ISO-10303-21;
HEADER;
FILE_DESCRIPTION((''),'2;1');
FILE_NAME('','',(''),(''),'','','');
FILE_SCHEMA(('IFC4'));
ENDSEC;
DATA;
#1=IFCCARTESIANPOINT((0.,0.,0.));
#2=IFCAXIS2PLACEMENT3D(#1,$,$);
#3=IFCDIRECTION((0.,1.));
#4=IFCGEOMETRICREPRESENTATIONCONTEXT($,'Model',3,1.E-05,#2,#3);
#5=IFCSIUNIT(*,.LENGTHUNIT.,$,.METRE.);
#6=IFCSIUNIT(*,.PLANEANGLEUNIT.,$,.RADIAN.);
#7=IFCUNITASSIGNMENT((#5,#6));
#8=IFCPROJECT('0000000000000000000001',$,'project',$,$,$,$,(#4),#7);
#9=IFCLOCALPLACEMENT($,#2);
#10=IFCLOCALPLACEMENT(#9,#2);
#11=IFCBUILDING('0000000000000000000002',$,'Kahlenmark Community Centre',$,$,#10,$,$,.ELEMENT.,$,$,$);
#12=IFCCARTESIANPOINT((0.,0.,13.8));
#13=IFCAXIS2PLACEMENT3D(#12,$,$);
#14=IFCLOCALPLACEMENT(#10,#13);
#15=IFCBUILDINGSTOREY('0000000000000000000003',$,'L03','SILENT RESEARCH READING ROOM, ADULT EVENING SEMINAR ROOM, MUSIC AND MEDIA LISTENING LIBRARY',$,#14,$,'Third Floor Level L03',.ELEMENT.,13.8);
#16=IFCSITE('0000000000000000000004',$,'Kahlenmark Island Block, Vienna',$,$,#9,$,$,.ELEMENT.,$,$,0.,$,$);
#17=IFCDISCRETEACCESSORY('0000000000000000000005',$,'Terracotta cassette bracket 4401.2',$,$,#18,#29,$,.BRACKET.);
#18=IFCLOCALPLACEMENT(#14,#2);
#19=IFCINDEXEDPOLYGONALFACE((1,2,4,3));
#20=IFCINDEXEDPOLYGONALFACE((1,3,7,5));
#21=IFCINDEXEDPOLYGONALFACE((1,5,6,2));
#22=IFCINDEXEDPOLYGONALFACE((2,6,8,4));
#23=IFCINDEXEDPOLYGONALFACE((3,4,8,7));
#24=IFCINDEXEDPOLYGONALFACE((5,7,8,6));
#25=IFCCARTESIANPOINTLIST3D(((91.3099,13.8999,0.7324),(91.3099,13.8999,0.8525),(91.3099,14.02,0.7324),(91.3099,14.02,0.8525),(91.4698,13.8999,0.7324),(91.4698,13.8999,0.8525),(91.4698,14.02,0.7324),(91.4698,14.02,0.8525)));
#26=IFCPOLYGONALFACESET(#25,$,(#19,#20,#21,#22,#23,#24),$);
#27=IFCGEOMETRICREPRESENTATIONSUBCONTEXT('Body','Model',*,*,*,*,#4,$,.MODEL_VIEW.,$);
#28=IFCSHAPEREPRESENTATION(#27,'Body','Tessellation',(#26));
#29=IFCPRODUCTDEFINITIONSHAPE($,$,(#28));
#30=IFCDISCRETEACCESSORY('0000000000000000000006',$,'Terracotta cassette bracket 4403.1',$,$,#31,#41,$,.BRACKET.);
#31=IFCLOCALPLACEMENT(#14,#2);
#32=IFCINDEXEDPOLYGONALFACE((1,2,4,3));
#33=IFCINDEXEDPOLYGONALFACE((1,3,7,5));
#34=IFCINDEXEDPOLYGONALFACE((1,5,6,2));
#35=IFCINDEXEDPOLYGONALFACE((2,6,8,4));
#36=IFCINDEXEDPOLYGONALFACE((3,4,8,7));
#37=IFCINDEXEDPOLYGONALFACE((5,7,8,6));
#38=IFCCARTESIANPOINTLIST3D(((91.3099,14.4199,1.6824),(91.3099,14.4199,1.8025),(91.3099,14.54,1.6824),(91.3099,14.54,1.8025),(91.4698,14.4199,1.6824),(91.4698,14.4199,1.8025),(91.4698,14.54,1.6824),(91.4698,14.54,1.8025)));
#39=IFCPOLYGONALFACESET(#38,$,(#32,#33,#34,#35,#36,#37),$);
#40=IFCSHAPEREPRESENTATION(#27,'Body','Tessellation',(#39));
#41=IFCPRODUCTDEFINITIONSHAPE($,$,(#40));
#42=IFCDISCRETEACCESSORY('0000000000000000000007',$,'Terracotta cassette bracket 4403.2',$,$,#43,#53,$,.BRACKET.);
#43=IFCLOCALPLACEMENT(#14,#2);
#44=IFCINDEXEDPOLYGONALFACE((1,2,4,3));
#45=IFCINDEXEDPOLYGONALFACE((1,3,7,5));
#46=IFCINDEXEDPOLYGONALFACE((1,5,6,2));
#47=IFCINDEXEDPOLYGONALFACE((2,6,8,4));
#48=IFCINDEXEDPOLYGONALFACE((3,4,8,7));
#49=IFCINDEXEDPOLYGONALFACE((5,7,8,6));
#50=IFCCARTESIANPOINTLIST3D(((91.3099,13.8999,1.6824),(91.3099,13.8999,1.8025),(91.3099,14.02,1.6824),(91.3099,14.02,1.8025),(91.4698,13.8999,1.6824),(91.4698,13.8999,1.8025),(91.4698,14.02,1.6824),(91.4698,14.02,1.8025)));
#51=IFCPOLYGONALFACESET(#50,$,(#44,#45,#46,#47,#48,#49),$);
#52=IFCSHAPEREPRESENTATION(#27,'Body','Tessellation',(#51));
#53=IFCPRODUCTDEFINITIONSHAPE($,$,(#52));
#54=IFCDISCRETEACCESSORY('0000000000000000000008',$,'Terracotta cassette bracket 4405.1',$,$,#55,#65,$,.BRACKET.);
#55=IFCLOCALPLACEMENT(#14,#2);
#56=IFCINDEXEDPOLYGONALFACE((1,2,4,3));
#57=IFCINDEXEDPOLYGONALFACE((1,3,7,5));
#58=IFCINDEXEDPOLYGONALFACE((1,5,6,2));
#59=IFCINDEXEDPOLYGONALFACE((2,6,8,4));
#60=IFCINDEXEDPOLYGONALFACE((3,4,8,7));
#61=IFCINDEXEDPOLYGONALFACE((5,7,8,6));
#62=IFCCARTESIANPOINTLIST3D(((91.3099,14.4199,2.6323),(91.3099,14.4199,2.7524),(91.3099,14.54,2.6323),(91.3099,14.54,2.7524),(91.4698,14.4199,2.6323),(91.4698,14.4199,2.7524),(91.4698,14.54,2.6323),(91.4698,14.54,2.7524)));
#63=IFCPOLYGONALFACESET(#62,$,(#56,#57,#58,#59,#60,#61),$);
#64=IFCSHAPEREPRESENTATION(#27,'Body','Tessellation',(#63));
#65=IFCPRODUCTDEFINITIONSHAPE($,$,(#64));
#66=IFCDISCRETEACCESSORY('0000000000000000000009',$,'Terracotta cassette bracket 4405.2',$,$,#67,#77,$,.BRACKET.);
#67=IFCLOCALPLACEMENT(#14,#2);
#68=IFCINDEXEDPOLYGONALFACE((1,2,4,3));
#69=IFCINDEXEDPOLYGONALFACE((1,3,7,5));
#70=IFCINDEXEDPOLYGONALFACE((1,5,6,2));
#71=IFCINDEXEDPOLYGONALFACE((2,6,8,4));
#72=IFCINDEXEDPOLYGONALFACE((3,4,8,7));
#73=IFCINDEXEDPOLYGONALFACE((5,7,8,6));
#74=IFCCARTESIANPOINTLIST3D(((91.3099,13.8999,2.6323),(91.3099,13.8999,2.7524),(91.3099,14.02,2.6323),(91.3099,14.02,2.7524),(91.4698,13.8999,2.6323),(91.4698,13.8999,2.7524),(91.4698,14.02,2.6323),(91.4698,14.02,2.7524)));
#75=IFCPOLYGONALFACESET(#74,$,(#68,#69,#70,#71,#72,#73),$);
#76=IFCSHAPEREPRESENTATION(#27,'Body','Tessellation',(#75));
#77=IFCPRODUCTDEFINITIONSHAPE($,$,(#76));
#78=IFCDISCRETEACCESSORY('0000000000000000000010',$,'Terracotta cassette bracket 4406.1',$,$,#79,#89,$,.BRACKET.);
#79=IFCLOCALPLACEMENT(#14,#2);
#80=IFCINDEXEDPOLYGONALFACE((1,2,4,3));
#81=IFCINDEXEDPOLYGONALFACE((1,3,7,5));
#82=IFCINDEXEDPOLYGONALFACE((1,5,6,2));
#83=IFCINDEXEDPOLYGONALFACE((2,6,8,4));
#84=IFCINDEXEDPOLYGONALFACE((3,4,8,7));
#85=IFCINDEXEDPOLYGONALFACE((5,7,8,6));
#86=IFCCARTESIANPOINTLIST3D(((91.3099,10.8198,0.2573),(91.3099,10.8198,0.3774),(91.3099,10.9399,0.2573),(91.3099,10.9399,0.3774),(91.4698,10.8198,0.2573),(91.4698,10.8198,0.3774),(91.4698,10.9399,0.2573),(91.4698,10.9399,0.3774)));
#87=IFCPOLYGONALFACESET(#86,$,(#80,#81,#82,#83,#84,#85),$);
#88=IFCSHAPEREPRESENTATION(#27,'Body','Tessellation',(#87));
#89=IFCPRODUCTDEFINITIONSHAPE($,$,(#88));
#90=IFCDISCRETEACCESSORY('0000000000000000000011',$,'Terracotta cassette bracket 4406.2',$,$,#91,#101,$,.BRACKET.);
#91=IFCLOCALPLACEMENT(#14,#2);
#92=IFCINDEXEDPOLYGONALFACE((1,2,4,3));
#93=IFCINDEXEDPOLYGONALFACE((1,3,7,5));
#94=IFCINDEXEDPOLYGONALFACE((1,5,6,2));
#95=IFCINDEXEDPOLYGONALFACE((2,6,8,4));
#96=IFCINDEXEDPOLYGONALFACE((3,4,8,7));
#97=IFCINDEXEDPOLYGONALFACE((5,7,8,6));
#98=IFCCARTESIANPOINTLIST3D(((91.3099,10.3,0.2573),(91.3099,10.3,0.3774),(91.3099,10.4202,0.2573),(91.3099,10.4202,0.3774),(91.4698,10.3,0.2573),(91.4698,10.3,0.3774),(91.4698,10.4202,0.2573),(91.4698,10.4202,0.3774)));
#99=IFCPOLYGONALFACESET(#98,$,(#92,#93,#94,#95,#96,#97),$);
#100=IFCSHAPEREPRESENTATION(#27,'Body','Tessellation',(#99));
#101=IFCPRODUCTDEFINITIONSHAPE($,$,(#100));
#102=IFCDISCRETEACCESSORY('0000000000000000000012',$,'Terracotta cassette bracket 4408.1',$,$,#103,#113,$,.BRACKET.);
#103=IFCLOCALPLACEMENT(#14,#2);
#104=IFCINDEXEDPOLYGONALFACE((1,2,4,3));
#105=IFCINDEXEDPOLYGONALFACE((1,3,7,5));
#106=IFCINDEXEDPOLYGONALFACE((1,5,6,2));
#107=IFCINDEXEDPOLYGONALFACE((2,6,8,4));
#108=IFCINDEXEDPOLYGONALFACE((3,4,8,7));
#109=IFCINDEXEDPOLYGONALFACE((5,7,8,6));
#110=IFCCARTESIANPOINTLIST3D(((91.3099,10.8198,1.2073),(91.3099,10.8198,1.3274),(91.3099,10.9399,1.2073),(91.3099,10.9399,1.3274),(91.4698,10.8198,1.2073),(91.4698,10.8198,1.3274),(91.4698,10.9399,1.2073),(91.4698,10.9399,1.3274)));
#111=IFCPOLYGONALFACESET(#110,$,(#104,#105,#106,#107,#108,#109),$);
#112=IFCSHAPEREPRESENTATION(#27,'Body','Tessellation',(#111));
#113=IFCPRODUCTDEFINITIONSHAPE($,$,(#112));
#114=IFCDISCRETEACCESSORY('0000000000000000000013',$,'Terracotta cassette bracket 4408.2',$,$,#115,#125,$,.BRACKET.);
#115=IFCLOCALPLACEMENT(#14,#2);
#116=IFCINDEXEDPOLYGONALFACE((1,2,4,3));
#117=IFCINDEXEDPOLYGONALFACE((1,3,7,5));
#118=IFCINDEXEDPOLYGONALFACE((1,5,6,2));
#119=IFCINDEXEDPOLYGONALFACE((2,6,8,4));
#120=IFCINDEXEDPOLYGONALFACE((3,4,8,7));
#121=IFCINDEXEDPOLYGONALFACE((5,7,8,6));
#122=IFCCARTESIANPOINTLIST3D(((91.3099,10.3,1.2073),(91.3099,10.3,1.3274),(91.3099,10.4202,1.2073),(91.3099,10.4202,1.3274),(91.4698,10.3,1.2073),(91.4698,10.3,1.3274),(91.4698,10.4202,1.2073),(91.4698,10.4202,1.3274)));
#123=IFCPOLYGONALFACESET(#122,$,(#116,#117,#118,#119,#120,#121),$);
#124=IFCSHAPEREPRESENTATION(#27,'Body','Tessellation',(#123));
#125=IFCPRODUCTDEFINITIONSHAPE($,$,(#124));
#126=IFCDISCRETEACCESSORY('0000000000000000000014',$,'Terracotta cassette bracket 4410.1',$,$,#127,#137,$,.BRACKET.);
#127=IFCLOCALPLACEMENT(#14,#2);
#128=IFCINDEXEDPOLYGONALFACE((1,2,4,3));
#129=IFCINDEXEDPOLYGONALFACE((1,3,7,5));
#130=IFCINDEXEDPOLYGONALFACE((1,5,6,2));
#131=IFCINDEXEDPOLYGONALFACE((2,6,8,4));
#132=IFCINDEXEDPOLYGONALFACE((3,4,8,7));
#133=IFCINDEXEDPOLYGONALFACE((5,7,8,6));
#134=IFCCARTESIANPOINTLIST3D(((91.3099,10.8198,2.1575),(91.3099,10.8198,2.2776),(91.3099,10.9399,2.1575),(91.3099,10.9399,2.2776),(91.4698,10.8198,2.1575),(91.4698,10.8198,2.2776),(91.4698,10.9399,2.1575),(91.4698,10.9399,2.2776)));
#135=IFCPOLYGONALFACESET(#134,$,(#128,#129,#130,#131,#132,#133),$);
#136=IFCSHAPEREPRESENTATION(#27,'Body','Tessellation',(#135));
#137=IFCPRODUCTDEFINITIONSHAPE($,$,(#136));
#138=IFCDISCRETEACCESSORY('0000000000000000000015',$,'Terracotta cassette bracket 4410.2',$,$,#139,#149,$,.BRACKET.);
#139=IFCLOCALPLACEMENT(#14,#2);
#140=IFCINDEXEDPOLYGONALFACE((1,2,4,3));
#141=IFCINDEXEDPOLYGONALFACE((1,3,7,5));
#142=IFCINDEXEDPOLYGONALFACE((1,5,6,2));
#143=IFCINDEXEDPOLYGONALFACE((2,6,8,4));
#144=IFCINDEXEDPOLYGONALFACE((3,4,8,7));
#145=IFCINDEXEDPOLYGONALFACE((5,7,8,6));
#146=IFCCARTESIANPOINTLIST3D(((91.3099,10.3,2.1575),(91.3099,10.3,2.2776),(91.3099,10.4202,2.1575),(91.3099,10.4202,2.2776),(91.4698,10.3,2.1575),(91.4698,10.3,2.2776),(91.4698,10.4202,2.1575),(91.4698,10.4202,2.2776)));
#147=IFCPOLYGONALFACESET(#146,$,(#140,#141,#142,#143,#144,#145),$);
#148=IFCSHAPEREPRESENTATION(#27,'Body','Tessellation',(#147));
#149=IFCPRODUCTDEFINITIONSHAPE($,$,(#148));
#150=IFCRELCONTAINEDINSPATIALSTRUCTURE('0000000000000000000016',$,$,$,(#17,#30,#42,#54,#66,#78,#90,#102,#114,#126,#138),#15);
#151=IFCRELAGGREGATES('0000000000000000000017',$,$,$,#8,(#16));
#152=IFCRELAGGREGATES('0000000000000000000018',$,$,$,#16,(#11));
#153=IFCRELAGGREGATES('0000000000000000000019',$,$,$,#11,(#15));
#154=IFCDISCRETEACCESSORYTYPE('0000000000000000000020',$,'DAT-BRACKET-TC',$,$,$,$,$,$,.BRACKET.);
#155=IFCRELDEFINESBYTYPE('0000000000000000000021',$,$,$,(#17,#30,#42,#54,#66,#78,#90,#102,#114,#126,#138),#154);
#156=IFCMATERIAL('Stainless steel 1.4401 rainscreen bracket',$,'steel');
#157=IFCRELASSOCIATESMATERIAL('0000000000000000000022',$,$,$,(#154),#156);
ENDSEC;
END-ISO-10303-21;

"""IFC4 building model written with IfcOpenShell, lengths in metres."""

from ifc_helpers import new_model, si_unit, direction, frame, origin, origin_2d, place, context, subcontext, project, spatial, rectangle, extrude, material, type_object, element, save


model = new_model("IFC4")

# Units and contexts
model_context = context("Model", 3, precision=1e-05, world=origin(), true_north=direction((0.0, 1.0)))
body_context = subcontext(model_context, "Body", "Model", "MODEL_VIEW")
ifc_project = project(units=[si_unit("LENGTHUNIT", "METRE"), si_unit("PLANEANGLEUNIT", "RADIAN")], contexts=[model_context])

# Site, building, storey
site_placement = place(None, origin())
site = spatial("IfcSite", under=ifc_project, at=site_placement, Name="Kahlenmark Island Block, Vienna", CompositionType="ELEMENT", RefElevation=0.0)
building_placement = place(site_placement, origin())
building = spatial("IfcBuilding", under=site, at=building_placement, Name="Kahlenmark Community Centre", CompositionType="ELEMENT")
storey_placement = place(building_placement, frame((0.0, 0.0, 13.8)))
storey = spatial("IfcBuildingStorey", under=building, at=storey_placement, Name="L03", Description="SILENT RESEARCH READING ROOM, ADULT EVENING SEMINAR ROOM, MUSIC AND MEDIA LISTENING LIBRARY", LongName="Third Floor Level L03", CompositionType="ELEMENT", Elevation=13.8)

# Discrete accessories
ifc_material_1 = material(Name="Stainless steel 1.4401 rainscreen bracket", Category="steel")
discrete_accessory_type = type_object("IfcDiscreteAccessoryType", Name="DAT-BRACKET-TC", PredefinedType="BRACKET", material=ifc_material_1)
for number, where, z_axis, x_axis, name in (
    (1, (91.3899, 13.96, 0.7324), (0.0, 0.0, 1.0), (0.0, -1.0, 0.0), "Terracotta cassette bracket 4401.2"),
    (2, (91.3899, 14.48, 1.6824), (0.0, 0.0, 1.0), (0.0, -1.0, 0.0), "Terracotta cassette bracket 4403.1"),
    (3, (91.3899, 13.96, 1.6824), (0.0, 0.0, 1.0), (0.0, -1.0, 0.0), "Terracotta cassette bracket 4403.2"),
    (4, (91.3899, 14.48, 2.6323), (0.0, 0.0, 1.0), (0.0, -1.0, 0.0), "Terracotta cassette bracket 4405.1"),
    (5, (91.3899, 13.96, 2.6323), (0.0, 0.0, 1.0), (0.0, -1.0, 0.0), "Terracotta cassette bracket 4405.2"),
    (6, (91.3899, 10.8799, 0.2573), (0.0, 0.0, 1.0), (0.0, -1.0, 0.0), "Terracotta cassette bracket 4406.1"),
    (7, (91.3899, 10.3601, 0.2573), (0.0, 0.0, 1.0), (0.0, -1.0, 0.0), "Terracotta cassette bracket 4406.2"),
    (8, (91.3899, 10.8799, 1.2073), (0.0, 0.0, 1.0), (0.0, -1.0, 0.0), "Terracotta cassette bracket 4408.1"),
    (9, (91.3899, 10.3601, 1.2073), (0.0, 0.0, 1.0), (0.0, -1.0, 0.0), "Terracotta cassette bracket 4408.2"),
    (10, (91.3899, 10.8799, 2.1575), (0.0, 0.0, 1.0), (0.0, -1.0, 0.0), "Terracotta cassette bracket 4410.1"),
    (11, (91.3899, 10.3601, 2.1575), (0.0, 0.0, 1.0), (0.0, -1.0, 0.0), "Terracotta cassette bracket 4410.2"),
):
    element("IfcDiscreteAccessory", number, at=place(storey_placement, frame(where, z_axis=z_axis, x_axis=x_axis)), inside=storey, type_object=discrete_accessory_type, Name=name, PredefinedType="BRACKET", context=body_context, shape_type="SweptSolid", body=[
        extrude(rectangle(XDim=0.1201, YDim=0.1599, at=origin_2d()), origin(), (0.0, 0.0, 1.0), 0.1201),
    ])

save(model, "model.ifc")
